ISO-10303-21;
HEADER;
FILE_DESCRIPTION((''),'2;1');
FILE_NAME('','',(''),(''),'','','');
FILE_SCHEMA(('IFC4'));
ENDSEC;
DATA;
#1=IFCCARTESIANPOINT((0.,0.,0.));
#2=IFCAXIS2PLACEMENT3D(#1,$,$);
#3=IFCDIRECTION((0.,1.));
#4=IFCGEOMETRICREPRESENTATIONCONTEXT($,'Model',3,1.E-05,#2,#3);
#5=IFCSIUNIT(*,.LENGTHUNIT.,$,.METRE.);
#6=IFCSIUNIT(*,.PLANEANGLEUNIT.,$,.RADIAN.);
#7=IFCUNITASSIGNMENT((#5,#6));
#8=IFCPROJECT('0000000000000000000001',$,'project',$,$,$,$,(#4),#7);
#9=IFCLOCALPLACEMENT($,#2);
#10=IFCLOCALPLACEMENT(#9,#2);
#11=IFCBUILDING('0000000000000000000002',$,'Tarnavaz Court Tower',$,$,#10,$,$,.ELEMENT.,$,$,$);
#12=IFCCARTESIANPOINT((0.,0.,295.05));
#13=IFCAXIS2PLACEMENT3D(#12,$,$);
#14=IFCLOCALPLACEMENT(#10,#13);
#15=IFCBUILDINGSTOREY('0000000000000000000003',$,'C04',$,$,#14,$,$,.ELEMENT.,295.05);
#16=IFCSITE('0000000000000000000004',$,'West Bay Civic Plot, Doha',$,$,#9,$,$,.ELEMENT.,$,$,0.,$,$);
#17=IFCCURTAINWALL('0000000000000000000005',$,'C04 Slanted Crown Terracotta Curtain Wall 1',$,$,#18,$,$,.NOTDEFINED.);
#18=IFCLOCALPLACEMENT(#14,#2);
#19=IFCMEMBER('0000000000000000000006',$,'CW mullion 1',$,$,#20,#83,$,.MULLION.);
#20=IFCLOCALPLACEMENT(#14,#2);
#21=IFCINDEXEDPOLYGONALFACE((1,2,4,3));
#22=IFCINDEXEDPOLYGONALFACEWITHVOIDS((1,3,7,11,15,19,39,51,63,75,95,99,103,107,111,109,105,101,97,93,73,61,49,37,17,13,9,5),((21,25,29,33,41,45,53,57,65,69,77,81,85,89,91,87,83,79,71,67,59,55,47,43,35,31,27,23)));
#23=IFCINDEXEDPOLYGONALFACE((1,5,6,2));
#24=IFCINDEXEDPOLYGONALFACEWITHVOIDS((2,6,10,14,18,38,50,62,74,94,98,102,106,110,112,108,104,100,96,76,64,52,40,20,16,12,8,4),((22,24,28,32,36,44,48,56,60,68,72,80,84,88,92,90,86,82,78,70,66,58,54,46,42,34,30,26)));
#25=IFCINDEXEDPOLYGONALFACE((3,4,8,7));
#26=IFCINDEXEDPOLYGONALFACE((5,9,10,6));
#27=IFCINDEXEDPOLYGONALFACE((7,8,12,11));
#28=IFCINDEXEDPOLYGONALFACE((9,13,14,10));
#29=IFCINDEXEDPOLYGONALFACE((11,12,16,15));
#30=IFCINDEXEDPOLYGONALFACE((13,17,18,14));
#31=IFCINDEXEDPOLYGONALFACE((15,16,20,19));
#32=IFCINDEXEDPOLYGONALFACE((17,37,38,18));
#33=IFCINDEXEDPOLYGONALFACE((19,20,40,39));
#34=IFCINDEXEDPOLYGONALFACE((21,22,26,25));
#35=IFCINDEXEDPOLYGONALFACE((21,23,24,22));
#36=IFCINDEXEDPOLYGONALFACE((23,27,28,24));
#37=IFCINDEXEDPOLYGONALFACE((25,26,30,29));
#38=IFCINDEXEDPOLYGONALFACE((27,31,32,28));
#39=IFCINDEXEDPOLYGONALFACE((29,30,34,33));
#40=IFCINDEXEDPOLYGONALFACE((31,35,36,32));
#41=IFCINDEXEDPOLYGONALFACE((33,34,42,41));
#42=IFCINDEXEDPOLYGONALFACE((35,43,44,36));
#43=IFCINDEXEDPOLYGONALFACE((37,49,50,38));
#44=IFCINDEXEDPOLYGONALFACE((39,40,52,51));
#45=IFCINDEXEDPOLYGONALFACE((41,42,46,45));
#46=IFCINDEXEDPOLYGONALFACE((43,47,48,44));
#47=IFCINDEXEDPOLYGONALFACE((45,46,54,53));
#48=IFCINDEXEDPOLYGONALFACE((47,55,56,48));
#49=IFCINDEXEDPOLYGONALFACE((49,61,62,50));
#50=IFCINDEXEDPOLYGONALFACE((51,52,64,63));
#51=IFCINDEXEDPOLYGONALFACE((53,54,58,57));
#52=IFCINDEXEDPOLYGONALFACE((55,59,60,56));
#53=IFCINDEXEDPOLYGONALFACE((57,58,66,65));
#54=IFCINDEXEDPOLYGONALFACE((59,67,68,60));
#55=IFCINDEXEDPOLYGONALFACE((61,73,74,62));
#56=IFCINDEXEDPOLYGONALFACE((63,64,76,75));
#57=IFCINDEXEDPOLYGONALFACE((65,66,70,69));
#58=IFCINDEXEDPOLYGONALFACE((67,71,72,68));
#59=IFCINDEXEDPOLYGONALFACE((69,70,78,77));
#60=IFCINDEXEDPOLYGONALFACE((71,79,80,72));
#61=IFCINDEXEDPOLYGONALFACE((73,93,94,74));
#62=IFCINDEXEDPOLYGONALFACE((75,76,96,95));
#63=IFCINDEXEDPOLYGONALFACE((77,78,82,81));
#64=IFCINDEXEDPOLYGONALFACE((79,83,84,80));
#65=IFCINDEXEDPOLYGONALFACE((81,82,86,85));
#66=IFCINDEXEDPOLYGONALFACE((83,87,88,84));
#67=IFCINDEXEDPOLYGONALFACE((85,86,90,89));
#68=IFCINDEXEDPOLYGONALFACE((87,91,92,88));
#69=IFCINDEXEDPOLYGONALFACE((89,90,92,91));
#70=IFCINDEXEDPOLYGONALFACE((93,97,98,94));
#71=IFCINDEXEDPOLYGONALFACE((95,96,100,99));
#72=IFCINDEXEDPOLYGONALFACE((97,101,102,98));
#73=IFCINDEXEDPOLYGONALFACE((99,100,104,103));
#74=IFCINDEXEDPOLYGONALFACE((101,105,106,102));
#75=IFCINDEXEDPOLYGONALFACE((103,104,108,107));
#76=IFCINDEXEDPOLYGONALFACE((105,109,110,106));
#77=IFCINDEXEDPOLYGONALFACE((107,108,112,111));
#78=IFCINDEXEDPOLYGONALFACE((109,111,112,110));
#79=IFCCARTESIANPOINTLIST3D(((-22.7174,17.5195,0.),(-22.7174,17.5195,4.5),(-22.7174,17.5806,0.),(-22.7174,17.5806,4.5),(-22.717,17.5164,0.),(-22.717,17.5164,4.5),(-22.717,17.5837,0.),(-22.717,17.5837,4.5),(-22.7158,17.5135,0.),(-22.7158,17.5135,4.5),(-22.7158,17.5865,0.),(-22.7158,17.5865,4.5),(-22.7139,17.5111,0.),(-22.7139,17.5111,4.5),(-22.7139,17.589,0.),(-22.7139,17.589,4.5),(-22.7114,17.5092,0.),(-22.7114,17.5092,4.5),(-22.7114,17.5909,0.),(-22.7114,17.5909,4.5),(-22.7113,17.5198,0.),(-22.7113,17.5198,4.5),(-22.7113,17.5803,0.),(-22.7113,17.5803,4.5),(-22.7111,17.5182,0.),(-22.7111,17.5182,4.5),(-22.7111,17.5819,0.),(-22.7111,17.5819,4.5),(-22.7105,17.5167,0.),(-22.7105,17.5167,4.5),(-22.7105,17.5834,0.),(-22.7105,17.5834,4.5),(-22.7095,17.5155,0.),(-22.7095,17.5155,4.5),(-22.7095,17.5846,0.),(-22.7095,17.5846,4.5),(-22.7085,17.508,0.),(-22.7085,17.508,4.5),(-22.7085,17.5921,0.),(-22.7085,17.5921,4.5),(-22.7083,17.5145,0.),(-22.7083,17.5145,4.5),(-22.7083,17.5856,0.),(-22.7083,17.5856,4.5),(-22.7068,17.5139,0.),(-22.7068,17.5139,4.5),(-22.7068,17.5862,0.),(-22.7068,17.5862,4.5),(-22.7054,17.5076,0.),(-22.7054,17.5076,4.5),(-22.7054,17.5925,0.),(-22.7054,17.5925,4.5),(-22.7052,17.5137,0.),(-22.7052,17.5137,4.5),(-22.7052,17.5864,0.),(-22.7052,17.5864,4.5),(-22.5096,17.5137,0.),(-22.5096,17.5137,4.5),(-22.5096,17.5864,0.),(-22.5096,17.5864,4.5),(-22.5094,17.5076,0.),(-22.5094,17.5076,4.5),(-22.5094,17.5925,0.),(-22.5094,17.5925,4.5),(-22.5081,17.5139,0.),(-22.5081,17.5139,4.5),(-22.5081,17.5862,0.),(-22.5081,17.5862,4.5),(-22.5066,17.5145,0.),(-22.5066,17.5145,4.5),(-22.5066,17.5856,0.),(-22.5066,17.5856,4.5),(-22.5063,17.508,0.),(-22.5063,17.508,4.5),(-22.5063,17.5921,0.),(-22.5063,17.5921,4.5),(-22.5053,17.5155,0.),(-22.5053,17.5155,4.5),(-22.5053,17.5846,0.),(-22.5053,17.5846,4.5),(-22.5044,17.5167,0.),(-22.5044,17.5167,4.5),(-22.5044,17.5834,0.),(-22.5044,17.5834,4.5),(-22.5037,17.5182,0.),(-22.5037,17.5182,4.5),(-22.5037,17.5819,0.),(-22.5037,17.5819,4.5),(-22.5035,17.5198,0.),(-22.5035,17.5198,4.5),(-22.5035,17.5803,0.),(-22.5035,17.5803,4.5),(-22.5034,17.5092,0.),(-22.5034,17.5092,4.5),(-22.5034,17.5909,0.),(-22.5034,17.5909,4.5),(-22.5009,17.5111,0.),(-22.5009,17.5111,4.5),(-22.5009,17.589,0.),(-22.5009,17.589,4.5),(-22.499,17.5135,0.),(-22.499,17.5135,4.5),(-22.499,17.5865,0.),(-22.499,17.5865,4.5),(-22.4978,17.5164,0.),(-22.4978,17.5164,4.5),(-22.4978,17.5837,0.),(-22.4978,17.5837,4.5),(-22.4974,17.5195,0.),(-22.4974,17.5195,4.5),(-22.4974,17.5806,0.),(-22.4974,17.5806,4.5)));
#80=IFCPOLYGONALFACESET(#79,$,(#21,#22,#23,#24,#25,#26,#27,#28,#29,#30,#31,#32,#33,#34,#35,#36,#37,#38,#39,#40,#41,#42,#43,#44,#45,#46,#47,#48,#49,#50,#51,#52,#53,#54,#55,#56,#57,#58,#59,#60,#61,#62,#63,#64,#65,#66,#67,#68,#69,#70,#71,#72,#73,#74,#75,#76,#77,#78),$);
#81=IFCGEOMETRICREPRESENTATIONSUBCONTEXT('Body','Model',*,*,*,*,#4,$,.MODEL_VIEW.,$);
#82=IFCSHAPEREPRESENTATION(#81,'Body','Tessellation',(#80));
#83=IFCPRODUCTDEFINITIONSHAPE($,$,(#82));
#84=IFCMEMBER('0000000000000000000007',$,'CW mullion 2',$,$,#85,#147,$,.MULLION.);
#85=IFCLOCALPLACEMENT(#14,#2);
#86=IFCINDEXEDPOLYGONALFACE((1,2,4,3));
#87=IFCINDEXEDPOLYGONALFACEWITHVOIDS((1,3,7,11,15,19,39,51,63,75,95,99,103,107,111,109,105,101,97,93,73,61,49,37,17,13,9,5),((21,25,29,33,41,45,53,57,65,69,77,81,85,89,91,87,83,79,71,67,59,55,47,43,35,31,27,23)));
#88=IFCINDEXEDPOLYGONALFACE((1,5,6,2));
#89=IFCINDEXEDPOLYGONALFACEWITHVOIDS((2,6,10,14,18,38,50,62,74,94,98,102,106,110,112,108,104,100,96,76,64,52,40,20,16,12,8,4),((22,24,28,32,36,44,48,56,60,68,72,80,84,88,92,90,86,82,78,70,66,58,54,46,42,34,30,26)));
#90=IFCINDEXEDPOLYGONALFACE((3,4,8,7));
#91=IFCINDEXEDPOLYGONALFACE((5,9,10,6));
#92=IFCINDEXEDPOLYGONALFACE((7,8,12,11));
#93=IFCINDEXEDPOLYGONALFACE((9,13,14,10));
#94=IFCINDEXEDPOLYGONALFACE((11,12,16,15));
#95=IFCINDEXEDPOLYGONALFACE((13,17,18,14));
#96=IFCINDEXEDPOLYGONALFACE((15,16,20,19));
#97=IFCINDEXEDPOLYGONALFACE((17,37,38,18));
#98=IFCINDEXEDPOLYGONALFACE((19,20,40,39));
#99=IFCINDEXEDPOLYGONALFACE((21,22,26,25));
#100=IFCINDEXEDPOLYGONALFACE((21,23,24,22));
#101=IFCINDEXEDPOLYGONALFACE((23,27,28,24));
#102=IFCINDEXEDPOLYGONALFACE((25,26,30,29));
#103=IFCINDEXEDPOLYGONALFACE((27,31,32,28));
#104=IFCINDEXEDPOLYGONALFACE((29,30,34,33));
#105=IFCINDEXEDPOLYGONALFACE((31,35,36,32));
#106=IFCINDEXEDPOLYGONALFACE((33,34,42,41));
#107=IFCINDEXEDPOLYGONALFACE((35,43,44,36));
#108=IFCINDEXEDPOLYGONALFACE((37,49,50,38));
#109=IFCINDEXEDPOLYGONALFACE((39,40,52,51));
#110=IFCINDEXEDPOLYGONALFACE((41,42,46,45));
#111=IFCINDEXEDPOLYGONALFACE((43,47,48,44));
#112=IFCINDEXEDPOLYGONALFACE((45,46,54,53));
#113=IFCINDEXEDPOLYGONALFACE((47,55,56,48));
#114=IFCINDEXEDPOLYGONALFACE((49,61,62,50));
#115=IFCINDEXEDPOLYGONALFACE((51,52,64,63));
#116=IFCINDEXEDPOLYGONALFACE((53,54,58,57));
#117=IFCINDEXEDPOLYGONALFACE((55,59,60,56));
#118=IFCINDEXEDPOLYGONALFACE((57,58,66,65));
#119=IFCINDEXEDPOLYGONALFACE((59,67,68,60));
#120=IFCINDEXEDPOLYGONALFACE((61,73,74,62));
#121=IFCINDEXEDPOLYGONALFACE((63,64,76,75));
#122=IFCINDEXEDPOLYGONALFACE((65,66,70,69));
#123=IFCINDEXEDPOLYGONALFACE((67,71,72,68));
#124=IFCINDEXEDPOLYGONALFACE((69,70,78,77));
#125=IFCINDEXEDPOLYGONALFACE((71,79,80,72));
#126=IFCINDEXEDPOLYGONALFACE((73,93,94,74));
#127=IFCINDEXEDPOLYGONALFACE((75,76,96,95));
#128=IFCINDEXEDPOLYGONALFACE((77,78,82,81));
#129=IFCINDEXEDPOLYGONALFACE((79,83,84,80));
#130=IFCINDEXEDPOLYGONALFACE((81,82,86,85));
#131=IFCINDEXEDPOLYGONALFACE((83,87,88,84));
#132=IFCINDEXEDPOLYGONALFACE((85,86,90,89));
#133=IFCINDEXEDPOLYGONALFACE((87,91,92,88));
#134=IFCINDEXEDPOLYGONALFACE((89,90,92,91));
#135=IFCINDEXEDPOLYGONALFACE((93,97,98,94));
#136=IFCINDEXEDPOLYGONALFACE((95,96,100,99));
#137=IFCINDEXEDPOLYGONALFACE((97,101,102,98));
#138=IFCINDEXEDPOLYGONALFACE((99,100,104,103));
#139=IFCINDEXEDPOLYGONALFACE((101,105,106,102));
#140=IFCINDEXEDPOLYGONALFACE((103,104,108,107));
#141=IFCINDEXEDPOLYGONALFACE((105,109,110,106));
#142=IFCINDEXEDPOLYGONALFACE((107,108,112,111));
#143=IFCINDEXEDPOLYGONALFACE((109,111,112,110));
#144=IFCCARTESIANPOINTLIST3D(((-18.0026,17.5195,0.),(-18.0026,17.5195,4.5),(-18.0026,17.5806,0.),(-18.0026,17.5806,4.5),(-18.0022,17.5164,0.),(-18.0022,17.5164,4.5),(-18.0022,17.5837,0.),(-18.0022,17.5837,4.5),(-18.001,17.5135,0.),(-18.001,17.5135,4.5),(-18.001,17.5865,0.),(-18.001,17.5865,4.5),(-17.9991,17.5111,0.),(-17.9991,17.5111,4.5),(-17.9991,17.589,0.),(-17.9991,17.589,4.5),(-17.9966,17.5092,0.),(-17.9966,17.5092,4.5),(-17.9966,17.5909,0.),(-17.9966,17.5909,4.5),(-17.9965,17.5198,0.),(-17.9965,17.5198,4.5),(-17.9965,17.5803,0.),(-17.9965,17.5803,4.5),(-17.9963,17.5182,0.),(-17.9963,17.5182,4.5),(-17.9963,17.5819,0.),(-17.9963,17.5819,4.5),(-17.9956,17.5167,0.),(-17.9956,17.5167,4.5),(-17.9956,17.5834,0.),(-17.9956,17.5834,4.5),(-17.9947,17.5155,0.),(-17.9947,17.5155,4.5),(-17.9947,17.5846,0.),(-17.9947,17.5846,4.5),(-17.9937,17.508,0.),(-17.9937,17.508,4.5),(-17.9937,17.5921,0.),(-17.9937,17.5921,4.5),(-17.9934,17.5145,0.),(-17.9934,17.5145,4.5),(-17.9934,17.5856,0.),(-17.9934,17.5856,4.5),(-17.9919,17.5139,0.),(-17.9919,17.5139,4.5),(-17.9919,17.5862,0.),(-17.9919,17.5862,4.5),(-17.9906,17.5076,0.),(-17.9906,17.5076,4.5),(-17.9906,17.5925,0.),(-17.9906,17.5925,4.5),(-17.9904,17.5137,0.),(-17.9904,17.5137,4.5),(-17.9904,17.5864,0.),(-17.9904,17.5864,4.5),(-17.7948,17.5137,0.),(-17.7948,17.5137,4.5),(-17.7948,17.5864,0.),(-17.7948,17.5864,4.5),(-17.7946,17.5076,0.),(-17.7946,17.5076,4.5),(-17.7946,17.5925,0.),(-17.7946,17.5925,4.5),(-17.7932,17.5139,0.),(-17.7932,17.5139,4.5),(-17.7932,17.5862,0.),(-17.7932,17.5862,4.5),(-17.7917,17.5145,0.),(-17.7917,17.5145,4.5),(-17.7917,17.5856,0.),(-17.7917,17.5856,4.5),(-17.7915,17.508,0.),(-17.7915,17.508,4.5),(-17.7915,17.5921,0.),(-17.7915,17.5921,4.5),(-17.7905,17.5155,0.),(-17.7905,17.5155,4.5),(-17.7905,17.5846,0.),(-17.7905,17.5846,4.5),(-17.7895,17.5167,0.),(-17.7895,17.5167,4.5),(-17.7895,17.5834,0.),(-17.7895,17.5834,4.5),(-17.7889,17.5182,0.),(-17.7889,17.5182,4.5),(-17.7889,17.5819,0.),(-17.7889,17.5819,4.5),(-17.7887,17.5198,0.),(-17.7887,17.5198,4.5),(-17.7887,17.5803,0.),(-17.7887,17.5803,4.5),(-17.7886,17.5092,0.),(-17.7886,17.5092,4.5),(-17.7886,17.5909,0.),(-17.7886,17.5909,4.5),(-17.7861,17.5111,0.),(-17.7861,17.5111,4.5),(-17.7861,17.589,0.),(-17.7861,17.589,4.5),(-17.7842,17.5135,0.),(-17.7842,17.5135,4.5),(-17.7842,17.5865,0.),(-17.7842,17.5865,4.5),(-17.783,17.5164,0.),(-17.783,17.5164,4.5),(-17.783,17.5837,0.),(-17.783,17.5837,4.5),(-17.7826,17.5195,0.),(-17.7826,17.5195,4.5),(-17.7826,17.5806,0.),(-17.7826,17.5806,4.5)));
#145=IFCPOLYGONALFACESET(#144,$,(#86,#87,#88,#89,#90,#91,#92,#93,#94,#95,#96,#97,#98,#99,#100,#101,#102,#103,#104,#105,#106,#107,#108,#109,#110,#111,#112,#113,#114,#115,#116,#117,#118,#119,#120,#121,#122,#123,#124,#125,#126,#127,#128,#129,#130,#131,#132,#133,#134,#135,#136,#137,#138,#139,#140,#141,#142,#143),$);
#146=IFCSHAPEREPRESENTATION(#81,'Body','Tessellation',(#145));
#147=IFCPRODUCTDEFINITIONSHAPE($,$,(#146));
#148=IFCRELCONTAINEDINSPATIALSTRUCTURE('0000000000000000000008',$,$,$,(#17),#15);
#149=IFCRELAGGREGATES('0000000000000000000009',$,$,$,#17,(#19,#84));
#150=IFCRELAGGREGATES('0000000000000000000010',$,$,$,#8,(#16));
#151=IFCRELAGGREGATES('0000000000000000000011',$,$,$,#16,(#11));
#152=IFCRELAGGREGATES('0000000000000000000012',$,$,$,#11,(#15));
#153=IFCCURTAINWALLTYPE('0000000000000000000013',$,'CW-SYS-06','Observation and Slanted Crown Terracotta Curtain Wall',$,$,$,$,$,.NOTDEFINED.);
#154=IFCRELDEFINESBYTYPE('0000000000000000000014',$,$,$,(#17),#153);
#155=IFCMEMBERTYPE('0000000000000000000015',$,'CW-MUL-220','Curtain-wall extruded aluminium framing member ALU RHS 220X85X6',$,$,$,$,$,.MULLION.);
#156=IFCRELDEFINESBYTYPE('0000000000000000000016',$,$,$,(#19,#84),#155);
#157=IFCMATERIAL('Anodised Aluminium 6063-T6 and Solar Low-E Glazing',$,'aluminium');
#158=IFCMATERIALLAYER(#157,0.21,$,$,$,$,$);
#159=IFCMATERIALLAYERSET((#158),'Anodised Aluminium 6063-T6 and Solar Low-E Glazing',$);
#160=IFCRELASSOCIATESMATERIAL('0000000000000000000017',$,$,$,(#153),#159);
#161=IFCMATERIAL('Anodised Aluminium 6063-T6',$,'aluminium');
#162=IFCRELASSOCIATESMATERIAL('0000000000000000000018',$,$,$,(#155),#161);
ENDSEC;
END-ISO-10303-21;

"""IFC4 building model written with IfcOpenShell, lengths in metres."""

from ifc_helpers import new_model, si_unit, direction, frame, origin, origin_2d, place, context, subcontext, project, spatial, hollow_rectangle, extrude, material, layer, layer_set, material_profile, profile_set, type_object, element, aggregate, save


model = new_model("IFC4")

# Units and contexts
model_context = context("Model", 3, precision=1e-05, world=origin(), true_north=direction((0.0, 1.0)))
body_context = subcontext(model_context, "Body", "Model", "MODEL_VIEW")
ifc_project = project(units=[si_unit("LENGTHUNIT", "METRE"), si_unit("PLANEANGLEUNIT", "RADIAN")], contexts=[model_context])

# Site, building, storey
site_placement = place(None, origin())
site = spatial("IfcSite", under=ifc_project, at=site_placement, Name="West Bay Civic Plot, Doha", CompositionType="ELEMENT", RefElevation=0.0)
building_placement = place(site_placement, origin())
building = spatial("IfcBuilding", under=site, at=building_placement, Name="Tarnavaz Court Tower", CompositionType="ELEMENT")
storey_placement = place(building_placement, frame((0.0, 0.0, 295.05)))
storey = spatial("IfcBuildingStorey", under=building, at=storey_placement, Name="C04", CompositionType="ELEMENT", Elevation=295.05)

# Curtain wall, members
ifc_material_1 = material(Name="Anodised Aluminium 6063-T6 and Solar Low-E Glazing", Category="aluminium")
ifc_layer_1 = layer(ifc_material_1, 0.21)
ifc_layer_set_1 = layer_set([ifc_layer_1], Name="Anodised Aluminium 6063-T6 and Solar Low-E Glazing")
curtain_wall_type = type_object("IfcCurtainWallType", Name="CW-SYS-06", Description="Observation and Slanted Crown Terracotta Curtain Wall", PredefinedType="NOTDEFINED", material=ifc_layer_set_1)
curtain_wall_1_placement = place(storey_placement, origin())
curtain_wall_1 = element("IfcCurtainWall", 1, at=curtain_wall_1_placement, inside=storey, type_object=curtain_wall_type, Name="C04 Slanted Crown Terracotta Curtain Wall 1", PredefinedType="NOTDEFINED")
ifc_material_2 = material(Name="Anodised Aluminium 6063-T6", Category="aluminium")
ifc_material_profile_1 = material_profile(ifc_material_2, hollow_rectangle(XDim=0.085, YDim=0.22, WallThickness=0.0061, InnerFilletRadius=0.0061, OuterFilletRadius=0.012, at=origin_2d()), Name="ALU RHS 220X85X6")
ifc_profile_set_1 = profile_set([ifc_material_profile_1], Name="Anodised Aluminium 6063-T6")
member_type_1 = type_object("IfcMemberType", Name="CW-MUL-220", Description="Curtain-wall extruded aluminium framing member ALU RHS 220X85X6", PredefinedType="MULLION", material=ifc_profile_set_1)
member_1_placement = place(storey_placement, frame((-22.6074, 17.55, 0.0), z_axis=(0.0, 0.0, 1.0), x_axis=(0.0, 1.0, 0.0)))
member_1 = element("IfcMember", 2, at=member_1_placement, type_object=member_type_1, Name="CW mullion 1", PredefinedType="MULLION", context=body_context, shape_type="SweptSolid", body=[
    extrude(hollow_rectangle(XDim=0.085, YDim=0.22, WallThickness=0.0061, InnerFilletRadius=0.0061, OuterFilletRadius=0.012, at=origin_2d()), origin(), (0.0, 0.0, 1.0), 4.5),
])
member_2_placement = place(storey_placement, frame((-17.8926, 17.55, 0.0), z_axis=(0.0, 0.0, 1.0), x_axis=(0.0, 1.0, 0.0)))
member_2 = element("IfcMember", 3, at=member_2_placement, type_object=member_type_1, Name="CW mullion 2", PredefinedType="MULLION", context=body_context, shape_type="SweptSolid", body=[
    extrude(hollow_rectangle(XDim=0.085, YDim=0.22, WallThickness=0.0061, InnerFilletRadius=0.0061, OuterFilletRadius=0.012, at=origin_2d()), origin(), (0.0, 0.0, 1.0), 4.5),
])

aggregate(curtain_wall_1, [member_1, member_2])

save(model, "model.ifc")
